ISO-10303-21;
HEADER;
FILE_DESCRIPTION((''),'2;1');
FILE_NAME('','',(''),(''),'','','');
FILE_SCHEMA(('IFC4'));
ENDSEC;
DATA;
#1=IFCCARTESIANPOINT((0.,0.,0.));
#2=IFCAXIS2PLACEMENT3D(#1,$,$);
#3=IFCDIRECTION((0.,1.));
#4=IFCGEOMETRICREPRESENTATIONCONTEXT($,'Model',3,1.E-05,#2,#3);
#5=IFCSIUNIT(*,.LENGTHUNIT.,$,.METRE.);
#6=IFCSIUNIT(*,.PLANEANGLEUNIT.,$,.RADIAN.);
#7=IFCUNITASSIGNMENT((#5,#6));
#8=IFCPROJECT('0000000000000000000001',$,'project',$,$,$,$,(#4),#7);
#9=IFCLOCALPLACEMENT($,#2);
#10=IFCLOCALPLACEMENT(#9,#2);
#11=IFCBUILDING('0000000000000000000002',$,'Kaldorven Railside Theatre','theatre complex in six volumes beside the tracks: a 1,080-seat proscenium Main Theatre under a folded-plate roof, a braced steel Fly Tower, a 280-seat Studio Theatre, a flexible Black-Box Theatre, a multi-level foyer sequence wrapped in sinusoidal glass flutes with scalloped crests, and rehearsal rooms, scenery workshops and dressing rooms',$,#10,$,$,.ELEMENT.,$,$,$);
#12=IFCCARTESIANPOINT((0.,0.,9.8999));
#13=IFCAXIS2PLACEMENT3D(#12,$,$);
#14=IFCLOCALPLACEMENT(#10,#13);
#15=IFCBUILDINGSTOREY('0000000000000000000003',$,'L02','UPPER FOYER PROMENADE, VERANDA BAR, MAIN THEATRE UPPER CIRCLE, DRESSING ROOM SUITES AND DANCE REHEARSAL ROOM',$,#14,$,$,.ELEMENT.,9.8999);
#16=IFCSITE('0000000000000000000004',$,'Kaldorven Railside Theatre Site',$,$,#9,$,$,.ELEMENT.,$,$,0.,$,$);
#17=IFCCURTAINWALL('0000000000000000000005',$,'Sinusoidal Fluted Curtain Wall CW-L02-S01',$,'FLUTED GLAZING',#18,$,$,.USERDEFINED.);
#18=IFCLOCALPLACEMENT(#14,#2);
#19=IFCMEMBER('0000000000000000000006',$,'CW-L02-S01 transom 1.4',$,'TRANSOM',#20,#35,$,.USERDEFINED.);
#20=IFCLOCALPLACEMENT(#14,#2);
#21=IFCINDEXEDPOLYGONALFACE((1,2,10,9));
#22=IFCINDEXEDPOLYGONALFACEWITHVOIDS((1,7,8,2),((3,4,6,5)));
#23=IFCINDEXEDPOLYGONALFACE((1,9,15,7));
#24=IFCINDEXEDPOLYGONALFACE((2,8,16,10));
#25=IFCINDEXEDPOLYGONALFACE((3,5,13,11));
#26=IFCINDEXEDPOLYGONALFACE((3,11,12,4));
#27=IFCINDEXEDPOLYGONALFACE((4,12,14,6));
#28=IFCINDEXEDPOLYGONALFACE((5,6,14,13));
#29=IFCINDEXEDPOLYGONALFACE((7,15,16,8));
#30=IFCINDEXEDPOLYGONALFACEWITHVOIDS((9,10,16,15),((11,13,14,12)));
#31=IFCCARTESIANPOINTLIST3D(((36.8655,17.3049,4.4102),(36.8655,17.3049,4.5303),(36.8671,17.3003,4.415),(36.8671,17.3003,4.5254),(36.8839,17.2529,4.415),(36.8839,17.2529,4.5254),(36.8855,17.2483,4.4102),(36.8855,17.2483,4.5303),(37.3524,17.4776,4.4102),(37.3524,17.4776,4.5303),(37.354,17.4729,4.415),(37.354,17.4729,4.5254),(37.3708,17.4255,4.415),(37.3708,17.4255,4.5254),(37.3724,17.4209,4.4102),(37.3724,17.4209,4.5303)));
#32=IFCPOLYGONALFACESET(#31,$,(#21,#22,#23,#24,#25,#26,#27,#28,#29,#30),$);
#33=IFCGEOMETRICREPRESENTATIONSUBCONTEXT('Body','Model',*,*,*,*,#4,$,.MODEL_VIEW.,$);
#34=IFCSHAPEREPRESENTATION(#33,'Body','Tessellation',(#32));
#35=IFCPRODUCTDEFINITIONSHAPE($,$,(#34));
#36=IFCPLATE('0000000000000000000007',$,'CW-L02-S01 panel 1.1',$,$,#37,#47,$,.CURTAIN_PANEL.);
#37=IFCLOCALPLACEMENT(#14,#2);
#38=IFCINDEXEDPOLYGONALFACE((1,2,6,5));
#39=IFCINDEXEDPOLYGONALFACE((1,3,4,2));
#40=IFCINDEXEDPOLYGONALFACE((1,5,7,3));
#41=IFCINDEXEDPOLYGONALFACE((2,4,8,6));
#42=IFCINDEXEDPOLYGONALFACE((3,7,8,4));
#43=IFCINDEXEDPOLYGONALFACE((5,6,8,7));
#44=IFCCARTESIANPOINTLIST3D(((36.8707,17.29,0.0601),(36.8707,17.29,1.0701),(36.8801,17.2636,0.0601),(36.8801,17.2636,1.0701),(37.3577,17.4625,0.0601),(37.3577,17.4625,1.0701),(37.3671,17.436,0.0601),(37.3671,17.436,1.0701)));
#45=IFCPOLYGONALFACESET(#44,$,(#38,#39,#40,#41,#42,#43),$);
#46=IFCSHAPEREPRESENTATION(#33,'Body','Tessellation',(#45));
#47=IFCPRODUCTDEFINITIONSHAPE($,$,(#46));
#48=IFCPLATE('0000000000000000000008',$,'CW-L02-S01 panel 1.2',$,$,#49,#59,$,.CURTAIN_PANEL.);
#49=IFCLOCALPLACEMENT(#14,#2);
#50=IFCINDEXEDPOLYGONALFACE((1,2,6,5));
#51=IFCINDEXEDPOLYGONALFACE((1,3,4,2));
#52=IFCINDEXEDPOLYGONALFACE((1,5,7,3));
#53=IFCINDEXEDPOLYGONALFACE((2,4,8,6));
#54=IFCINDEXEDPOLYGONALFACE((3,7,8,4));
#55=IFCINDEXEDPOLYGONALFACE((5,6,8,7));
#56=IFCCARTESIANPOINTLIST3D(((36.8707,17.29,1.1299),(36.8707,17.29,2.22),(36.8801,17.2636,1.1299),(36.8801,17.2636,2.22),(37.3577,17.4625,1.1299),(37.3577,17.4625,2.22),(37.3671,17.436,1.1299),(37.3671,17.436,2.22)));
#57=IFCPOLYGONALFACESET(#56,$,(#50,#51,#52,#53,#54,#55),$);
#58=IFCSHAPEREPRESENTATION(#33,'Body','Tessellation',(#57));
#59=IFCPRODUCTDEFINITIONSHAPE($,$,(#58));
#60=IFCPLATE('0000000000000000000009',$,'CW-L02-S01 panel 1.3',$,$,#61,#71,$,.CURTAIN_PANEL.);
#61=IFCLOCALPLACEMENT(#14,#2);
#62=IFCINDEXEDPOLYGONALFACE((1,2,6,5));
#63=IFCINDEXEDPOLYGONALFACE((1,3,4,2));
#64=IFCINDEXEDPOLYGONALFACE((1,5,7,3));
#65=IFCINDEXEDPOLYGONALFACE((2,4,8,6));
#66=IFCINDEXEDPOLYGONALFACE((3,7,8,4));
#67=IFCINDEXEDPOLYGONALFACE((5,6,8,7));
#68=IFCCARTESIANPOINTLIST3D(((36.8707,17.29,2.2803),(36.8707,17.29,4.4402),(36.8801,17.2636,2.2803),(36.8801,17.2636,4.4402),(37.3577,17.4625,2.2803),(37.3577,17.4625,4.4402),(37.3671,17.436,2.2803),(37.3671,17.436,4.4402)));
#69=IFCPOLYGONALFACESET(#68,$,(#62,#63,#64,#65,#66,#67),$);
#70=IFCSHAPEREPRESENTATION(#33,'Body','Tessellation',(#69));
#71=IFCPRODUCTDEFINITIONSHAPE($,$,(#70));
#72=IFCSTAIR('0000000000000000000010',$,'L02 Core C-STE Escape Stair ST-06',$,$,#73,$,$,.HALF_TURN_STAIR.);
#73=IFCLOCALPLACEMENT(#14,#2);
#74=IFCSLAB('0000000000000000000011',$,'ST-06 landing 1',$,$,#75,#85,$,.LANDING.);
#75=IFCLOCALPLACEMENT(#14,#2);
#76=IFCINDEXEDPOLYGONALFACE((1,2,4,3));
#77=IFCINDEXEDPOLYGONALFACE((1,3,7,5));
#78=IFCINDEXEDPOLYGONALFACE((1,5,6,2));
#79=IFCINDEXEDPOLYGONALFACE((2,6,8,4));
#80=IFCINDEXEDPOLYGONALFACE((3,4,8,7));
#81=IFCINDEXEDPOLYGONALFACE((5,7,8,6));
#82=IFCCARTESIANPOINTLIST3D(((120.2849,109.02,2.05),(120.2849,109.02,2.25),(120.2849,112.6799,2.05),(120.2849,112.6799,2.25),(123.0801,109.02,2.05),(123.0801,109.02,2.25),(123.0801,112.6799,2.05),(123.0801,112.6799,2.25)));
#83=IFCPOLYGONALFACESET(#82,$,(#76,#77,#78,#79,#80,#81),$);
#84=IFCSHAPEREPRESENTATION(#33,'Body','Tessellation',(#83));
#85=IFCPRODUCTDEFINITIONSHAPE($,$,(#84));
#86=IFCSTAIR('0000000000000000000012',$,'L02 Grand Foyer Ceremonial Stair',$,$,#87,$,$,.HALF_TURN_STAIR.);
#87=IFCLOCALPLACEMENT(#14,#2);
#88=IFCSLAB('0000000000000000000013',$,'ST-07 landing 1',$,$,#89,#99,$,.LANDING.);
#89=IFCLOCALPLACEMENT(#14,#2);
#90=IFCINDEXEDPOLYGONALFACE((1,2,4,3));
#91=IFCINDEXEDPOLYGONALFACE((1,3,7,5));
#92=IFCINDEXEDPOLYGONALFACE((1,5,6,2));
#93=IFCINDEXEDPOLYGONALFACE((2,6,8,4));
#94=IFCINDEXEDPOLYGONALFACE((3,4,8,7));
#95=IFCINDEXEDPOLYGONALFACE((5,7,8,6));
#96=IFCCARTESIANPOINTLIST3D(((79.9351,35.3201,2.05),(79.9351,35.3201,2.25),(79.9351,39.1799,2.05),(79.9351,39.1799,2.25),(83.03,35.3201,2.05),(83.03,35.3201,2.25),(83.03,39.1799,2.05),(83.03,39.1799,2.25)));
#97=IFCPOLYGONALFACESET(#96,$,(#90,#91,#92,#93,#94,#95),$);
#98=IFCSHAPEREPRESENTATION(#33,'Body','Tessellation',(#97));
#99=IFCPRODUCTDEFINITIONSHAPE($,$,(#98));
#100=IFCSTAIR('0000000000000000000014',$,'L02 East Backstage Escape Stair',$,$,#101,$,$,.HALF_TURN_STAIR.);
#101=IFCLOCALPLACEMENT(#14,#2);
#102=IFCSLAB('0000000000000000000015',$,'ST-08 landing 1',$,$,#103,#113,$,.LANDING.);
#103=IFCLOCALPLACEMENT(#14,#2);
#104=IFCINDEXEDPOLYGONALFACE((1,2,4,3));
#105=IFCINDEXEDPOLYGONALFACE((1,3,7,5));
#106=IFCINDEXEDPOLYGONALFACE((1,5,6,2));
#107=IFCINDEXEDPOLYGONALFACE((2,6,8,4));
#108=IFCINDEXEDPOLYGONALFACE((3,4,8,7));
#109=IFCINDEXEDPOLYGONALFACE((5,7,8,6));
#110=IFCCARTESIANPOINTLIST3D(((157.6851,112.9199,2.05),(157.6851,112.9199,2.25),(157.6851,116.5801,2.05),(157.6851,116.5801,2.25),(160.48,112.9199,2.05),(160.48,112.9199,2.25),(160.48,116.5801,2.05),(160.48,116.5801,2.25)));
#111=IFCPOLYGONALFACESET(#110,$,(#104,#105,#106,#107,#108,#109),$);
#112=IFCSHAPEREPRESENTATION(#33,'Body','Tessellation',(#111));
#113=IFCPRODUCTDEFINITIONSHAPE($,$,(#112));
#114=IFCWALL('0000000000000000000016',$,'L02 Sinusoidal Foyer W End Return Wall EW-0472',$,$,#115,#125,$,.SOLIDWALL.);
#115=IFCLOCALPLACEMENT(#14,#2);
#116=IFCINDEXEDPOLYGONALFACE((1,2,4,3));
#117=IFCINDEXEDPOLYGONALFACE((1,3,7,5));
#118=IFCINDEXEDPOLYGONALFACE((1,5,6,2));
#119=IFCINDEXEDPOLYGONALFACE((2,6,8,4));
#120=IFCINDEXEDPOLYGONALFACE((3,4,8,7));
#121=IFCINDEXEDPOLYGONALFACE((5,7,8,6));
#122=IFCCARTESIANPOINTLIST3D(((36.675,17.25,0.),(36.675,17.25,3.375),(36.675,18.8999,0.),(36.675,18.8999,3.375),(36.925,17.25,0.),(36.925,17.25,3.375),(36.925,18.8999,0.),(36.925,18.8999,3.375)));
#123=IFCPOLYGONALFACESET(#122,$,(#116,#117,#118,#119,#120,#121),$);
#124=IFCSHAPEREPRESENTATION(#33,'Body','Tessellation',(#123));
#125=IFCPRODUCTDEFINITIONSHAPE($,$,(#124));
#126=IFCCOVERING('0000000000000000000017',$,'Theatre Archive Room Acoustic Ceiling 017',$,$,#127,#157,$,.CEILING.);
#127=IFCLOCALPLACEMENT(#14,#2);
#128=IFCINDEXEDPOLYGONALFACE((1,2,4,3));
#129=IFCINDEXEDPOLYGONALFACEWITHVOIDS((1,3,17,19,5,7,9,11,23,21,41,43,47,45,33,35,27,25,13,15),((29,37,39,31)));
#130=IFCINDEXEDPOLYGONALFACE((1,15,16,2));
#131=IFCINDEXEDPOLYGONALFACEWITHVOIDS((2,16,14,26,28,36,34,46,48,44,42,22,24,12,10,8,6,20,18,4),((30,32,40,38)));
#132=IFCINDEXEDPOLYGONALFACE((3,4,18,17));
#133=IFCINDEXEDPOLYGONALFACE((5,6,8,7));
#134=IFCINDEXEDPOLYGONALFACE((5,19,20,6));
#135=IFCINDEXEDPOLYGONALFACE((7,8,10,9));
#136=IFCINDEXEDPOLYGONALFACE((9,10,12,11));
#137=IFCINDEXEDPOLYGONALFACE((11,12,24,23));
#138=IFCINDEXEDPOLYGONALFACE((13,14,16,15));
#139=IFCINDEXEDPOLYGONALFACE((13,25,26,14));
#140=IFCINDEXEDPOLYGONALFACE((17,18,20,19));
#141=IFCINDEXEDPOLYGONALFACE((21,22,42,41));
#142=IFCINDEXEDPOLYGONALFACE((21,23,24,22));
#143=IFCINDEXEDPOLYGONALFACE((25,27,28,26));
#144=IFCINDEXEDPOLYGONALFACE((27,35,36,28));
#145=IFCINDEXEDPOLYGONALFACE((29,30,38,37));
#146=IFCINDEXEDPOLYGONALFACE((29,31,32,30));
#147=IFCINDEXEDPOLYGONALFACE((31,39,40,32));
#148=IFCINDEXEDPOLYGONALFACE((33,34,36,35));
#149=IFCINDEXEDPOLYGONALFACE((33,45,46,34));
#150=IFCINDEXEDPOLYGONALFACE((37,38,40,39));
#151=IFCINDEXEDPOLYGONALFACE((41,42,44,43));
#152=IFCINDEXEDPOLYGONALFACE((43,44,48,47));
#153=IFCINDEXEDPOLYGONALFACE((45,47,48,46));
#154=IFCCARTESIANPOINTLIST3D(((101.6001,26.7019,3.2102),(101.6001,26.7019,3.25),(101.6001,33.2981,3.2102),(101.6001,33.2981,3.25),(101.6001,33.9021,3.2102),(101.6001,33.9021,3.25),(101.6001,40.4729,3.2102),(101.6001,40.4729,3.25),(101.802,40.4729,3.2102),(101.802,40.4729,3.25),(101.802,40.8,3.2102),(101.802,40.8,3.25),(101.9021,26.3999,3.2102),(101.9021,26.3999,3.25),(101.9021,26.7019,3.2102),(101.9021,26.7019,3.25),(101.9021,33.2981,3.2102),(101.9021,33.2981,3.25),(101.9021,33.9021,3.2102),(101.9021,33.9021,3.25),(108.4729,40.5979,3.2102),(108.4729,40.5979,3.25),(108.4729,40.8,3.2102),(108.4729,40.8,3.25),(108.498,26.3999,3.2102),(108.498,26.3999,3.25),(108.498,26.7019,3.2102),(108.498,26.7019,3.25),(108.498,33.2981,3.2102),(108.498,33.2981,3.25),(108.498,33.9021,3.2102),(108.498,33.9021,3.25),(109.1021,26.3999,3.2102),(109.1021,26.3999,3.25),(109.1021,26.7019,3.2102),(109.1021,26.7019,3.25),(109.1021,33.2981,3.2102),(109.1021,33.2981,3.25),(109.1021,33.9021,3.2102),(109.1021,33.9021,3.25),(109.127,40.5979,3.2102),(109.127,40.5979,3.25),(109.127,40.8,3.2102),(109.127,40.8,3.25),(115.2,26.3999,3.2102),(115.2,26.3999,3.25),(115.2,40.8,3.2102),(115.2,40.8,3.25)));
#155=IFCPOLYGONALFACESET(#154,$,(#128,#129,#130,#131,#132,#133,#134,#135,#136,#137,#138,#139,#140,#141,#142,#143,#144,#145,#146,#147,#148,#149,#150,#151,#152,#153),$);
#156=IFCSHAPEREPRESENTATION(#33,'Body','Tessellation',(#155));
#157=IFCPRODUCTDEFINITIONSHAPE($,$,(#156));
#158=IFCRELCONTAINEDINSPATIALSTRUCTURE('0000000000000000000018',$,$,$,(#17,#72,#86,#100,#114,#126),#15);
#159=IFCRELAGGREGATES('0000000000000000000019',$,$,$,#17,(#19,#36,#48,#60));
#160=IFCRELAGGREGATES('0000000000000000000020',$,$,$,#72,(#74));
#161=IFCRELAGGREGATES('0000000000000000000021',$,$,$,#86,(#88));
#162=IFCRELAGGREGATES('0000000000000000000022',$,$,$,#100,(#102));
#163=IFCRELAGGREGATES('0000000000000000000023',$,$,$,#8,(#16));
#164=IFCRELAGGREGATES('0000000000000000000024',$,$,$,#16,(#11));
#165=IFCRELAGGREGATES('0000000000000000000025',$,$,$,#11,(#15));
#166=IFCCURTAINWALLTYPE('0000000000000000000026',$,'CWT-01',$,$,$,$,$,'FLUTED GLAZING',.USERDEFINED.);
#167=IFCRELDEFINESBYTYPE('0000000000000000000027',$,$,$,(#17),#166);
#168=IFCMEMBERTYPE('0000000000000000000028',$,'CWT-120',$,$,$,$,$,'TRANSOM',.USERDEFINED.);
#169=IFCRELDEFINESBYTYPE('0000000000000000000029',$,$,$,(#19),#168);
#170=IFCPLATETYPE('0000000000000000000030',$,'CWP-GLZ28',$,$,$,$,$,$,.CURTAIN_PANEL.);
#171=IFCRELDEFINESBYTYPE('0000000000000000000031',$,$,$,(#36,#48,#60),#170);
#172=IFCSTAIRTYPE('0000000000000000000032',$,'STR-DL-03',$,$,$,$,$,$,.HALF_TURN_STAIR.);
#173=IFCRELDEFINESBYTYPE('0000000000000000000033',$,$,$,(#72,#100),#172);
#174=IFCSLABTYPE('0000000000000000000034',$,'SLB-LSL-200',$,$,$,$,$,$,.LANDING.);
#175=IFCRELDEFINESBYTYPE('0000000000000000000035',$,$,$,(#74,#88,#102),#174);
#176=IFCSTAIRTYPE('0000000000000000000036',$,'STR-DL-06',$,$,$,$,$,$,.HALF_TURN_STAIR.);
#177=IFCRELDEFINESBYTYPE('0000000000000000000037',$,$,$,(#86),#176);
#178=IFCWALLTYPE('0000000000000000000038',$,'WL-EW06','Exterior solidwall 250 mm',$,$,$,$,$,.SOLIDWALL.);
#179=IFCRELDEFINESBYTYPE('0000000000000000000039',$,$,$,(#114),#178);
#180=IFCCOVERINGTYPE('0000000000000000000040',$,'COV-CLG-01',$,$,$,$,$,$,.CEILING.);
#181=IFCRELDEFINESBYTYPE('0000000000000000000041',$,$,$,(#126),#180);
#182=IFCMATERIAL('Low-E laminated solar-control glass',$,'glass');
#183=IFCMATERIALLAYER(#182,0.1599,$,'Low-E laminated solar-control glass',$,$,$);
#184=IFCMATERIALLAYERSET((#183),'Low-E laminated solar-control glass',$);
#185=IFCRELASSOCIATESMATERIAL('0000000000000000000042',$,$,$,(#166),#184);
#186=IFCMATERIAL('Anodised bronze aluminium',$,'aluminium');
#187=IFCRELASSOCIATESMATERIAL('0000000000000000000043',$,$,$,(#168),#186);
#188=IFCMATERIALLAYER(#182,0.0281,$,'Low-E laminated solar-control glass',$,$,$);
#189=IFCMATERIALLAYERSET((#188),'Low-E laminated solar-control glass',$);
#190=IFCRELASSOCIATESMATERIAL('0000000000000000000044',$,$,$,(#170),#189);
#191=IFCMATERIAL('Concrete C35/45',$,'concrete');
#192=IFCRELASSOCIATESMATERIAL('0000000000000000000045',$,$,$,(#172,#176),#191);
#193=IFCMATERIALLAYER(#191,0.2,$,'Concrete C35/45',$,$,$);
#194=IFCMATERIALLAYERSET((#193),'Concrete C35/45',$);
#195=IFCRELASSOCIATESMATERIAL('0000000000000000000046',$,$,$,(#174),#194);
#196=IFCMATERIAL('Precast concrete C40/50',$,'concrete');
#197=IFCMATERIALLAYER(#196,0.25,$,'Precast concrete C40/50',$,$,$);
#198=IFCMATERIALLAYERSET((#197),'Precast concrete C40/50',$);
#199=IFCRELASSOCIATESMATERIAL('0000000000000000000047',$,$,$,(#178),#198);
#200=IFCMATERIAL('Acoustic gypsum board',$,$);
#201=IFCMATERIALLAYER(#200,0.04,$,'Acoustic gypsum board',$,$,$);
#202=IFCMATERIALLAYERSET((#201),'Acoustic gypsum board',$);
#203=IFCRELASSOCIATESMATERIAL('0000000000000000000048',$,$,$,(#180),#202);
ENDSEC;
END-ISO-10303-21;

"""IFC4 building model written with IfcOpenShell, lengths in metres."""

from ifc_helpers import new_model, si_unit, direction, frame, frame_2d, origin, origin_2d, place, context, subcontext, project, spatial, polyline, rectangle, hollow_rectangle, outline, extrude, material, layer, layer_set, material_profile, profile_set, type_object, element, aggregate, save


model = new_model("IFC4")

# Units and contexts
model_context = context("Model", 3, precision=1e-05, world=origin(), true_north=direction((0.0, 1.0)))
body_context = subcontext(model_context, "Body", "Model", "MODEL_VIEW")
ifc_project = project(units=[si_unit("LENGTHUNIT", "METRE"), si_unit("PLANEANGLEUNIT", "RADIAN")], contexts=[model_context])

# Site, building, storey
site_placement = place(None, origin())
site = spatial("IfcSite", under=ifc_project, at=site_placement, Name="Kaldorven Railside Theatre Site", CompositionType="ELEMENT", RefElevation=0.0)
building_placement = place(site_placement, origin())
building = spatial("IfcBuilding", under=site, at=building_placement, Name="Kaldorven Railside Theatre", Description="theatre complex in six volumes beside the tracks: a 1,080-seat proscenium Main Theatre under a folded-plate roof, a braced steel Fly Tower, a 280-seat Studio Theatre, a flexible Black-Box Theatre, a multi-level foyer sequence wrapped in sinusoidal glass flutes with scalloped crests, and rehearsal rooms, scenery workshops and dressing rooms", CompositionType="ELEMENT")
storey_placement = place(building_placement, frame((0.0, 0.0, 9.8999)))
storey = spatial("IfcBuildingStorey", under=building, at=storey_placement, Name="L02", Description="UPPER FOYER PROMENADE, VERANDA BAR, MAIN THEATRE UPPER CIRCLE, DRESSING ROOM SUITES AND DANCE REHEARSAL ROOM", CompositionType="ELEMENT", Elevation=9.8999)

# Curtain wall, member, plates
ifc_material_1 = material(Name="Low-E laminated solar-control glass", Category="glass")
ifc_layer_1 = layer(ifc_material_1, 0.1599, Name="Low-E laminated solar-control glass")
ifc_layer_set_1 = layer_set([ifc_layer_1], Name="Low-E laminated solar-control glass")
curtain_wall_type = type_object("IfcCurtainWallType", Name="CWT-01", ElementType="FLUTED GLAZING", PredefinedType="USERDEFINED", material=ifc_layer_set_1)
curtain_wall_placement = place(storey_placement, origin())
curtain_wall = element("IfcCurtainWall", 1, at=curtain_wall_placement, inside=storey, type_object=curtain_wall_type, Name="Sinusoidal Fluted Curtain Wall CW-L02-S01", ObjectType="FLUTED GLAZING", PredefinedType="USERDEFINED")
ifc_material_2 = material(Name="Anodised bronze aluminium", Category="aluminium")
ifc_material_profile_1 = material_profile(ifc_material_2, hollow_rectangle(XDim=0.0601, YDim=0.1201, WallThickness=0.0049, at=origin_2d()), Name="RHS 120x60x5")
ifc_profile_set_1 = profile_set([ifc_material_profile_1], Name="Anodised bronze aluminium")
member_type_1 = type_object("IfcMemberType", Name="CWT-120", ElementType="TRANSOM", PredefinedType="USERDEFINED", material=ifc_profile_set_1)
member_1_placement = place(storey_placement, frame((36.8755, 17.2766, 4.4702), z_axis=(0.942509, 0.33418, 0.0), x_axis=(-0.33418, 0.942509, 0.0)))
member_1 = element("IfcMember", 2, at=member_1_placement, type_object=member_type_1, Name="CW-L02-S01 transom 1.4", ObjectType="TRANSOM", PredefinedType="USERDEFINED", context=body_context, shape_type="SweptSolid", body=[
    extrude(hollow_rectangle(XDim=0.0601, YDim=0.1201, WallThickness=0.0049, at=origin_2d()), origin(), (0.0, 0.0, 1.0), 0.5166),
])
ifc_layer_2 = layer(ifc_material_1, 0.0281, Name="Low-E laminated solar-control glass")
ifc_layer_set_2 = layer_set([ifc_layer_2], Name="Low-E laminated solar-control glass")
plate_type = type_object("IfcPlateType", Name="CWP-GLZ28", PredefinedType="CURTAIN_PANEL", material=ifc_layer_set_2)
plate_1_placement = place(storey_placement, frame((37.1189, 17.363, 0.0601), z_axis=(0.0, 0.0, 1.0), x_axis=(0.942627, 0.333847, 0.0)))
plate_1 = element("IfcPlate", 3, at=plate_1_placement, type_object=plate_type, Name="CW-L02-S01 panel 1.1", PredefinedType="CURTAIN_PANEL", context=body_context, shape_type="SweptSolid", body=[
    extrude(rectangle(XDim=0.5166, YDim=0.0281, at=origin_2d()), origin(), (0.0, 0.0, 1.0), 1.01),
])
plate_2_placement = place(storey_placement, frame((37.1189, 17.363, 1.1299), z_axis=(0.0, 0.0, 1.0), x_axis=(0.942627, 0.333847, 0.0)))
plate_2 = element("IfcPlate", 4, at=plate_2_placement, type_object=plate_type, Name="CW-L02-S01 panel 1.2", PredefinedType="CURTAIN_PANEL", context=body_context, shape_type="SweptSolid", body=[
    extrude(rectangle(XDim=0.5166, YDim=0.0281, at=origin_2d()), origin(), (0.0, 0.0, 1.0), 1.0901),
])
plate_3_placement = place(storey_placement, frame((37.1189, 17.363, 2.2803), z_axis=(0.0, 0.0, 1.0), x_axis=(0.942627, 0.333847, 0.0)))
plate_3 = element("IfcPlate", 5, at=plate_3_placement, type_object=plate_type, Name="CW-L02-S01 panel 1.3", PredefinedType="CURTAIN_PANEL", context=body_context, shape_type="SweptSolid", body=[
    extrude(rectangle(XDim=0.5166, YDim=0.0281, at=origin_2d()), origin(), (0.0, 0.0, 1.0), 2.1599),
])
aggregate(curtain_wall, [member_1, plate_1, plate_2, plate_3])

# Stairs, slabs
ifc_material_3 = material(Name="Concrete C35/45", Category="concrete")
stair_type_1 = type_object("IfcStairType", Name="STR-DL-03", PredefinedType="HALF_TURN_STAIR", material=ifc_material_3)
stair_1_placement = place(storey_placement, origin())
stair_1 = element("IfcStair", 6, at=stair_1_placement, inside=storey, type_object=stair_type_1, Name="L02 Core C-STE Escape Stair ST-06", PredefinedType="HALF_TURN_STAIR")
ifc_layer_3 = layer(ifc_material_3, 0.2, Name="Concrete C35/45")
ifc_layer_set_3 = layer_set([ifc_layer_3], Name="Concrete C35/45")
slab_type = type_object("IfcSlabType", Name="SLB-LSL-200", PredefinedType="LANDING", material=ifc_layer_set_3)
slab_1_placement = place(storey_placement, frame((0.0, 0.0, 2.05)))
slab_1 = element("IfcSlab", 7, at=slab_1_placement, type_object=slab_type, Name="ST-06 landing 1", PredefinedType="LANDING", context=body_context, shape_type="SweptSolid", body=[
    extrude(outline(polyline([(120.2849, 109.02), (123.0801, 109.02), (123.0801, 112.6799), (120.2849, 112.6799), (120.2849, 109.02)])), origin(), (0.0, 0.0, 1.0), 0.2),
])
aggregate(stair_1, [slab_1])
stair_type_2 = type_object("IfcStairType", Name="STR-DL-06", PredefinedType="HALF_TURN_STAIR", material=ifc_material_3)
stair_2_placement = place(storey_placement, origin())
stair_2 = element("IfcStair", 8, at=stair_2_placement, inside=storey, type_object=stair_type_2, Name="L02 Grand Foyer Ceremonial Stair", PredefinedType="HALF_TURN_STAIR")
slab_2_placement = place(storey_placement, frame((0.0, 0.0, 2.05)))
slab_2 = element("IfcSlab", 9, at=slab_2_placement, type_object=slab_type, Name="ST-07 landing 1", PredefinedType="LANDING", context=body_context, shape_type="SweptSolid", body=[
    extrude(outline(polyline([(79.9351, 35.3201), (83.03, 35.3201), (83.03, 39.1799), (79.9351, 39.1799), (79.9351, 35.3201)])), origin(), (0.0, 0.0, 1.0), 0.2),
])
aggregate(stair_2, [slab_2])
stair_3_placement = place(storey_placement, origin())
stair_3 = element("IfcStair", 10, at=stair_3_placement, inside=storey, type_object=stair_type_1, Name="L02 East Backstage Escape Stair", PredefinedType="HALF_TURN_STAIR")
slab_3_placement = place(storey_placement, frame((0.0, 0.0, 2.05)))
slab_3 = element("IfcSlab", 11, at=slab_3_placement, type_object=slab_type, Name="ST-08 landing 1", PredefinedType="LANDING", context=body_context, shape_type="SweptSolid", body=[
    extrude(outline(polyline([(157.6851, 112.9199), (160.48, 112.9199), (160.48, 116.5801), (157.6851, 116.5801), (157.6851, 112.9199)])), origin(), (0.0, 0.0, 1.0), 0.2),
])
aggregate(stair_3, [slab_3])

# Wall
ifc_material_4 = material(Name="Precast concrete C40/50", Category="concrete")
ifc_layer_4 = layer(ifc_material_4, 0.25, Name="Precast concrete C40/50")
ifc_layer_set_4 = layer_set([ifc_layer_4], Name="Precast concrete C40/50")
wall_type = type_object("IfcWallType", Name="WL-EW06", Description="Exterior solidwall 250 mm", PredefinedType="SOLIDWALL", material=ifc_layer_set_4)
wall_placement = place(storey_placement, frame((36.8, 17.25, 0.0), z_axis=(0.0, 0.0, 1.0), x_axis=(0.0, 1.0, 0.0)))
element("IfcWall", 12, at=wall_placement, inside=storey, type_object=wall_type, Name="L02 Sinusoidal Foyer W End Return Wall EW-0472", PredefinedType="SOLIDWALL", context=body_context, shape_type="SweptSolid", body=[
    extrude(rectangle(XDim=1.6499, YDim=0.25, at=frame_2d((0.825, 0.0))), origin(), (0.0, 0.0, 1.0), 3.375),
])

# Covering
ifc_material_5 = material(Name="Acoustic gypsum board")
ifc_layer_5 = layer(ifc_material_5, 0.04, Name="Acoustic gypsum board")
ifc_layer_set_5 = layer_set([ifc_layer_5], Name="Acoustic gypsum board")
covering_type_1 = type_object("IfcCoveringType", Name="COV-CLG-01", PredefinedType="CEILING", material=ifc_layer_set_5)
covering_1_placement = place(storey_placement, frame((0.0, 0.0, 3.2102)))
element("IfcCovering", 13, at=covering_1_placement, inside=storey, type_object=covering_type_1, Name="Theatre Archive Room Acoustic Ceiling 017", PredefinedType="CEILING", context=body_context, shape_type="SweptSolid", body=[
    extrude(outline(polyline([(115.2, 40.8), (115.2, 26.3999), (109.1021, 26.3999), (109.1021, 26.7019), (108.498, 26.7019), (108.498, 26.3999), (101.9021, 26.3999), (101.9021, 26.7019), (101.6001, 26.7019), (101.6001, 33.2981), (101.9021, 33.2981), (101.9021, 33.9021), (101.6001, 33.9021), (101.6001, 40.4729), (101.802, 40.4729), (101.802, 40.8), (108.4729, 40.8), (108.4729, 40.5979), (109.127, 40.5979), (109.127, 40.8), (115.2, 40.8)]), holes=[polyline([(108.498, 33.9021), (108.498, 33.2981), (109.1021, 33.2981), (109.1021, 33.9021), (108.498, 33.9021)])]), origin(), (0.0, 0.0, 1.0), 0.0398),
])

save(model, "model.ifc")
